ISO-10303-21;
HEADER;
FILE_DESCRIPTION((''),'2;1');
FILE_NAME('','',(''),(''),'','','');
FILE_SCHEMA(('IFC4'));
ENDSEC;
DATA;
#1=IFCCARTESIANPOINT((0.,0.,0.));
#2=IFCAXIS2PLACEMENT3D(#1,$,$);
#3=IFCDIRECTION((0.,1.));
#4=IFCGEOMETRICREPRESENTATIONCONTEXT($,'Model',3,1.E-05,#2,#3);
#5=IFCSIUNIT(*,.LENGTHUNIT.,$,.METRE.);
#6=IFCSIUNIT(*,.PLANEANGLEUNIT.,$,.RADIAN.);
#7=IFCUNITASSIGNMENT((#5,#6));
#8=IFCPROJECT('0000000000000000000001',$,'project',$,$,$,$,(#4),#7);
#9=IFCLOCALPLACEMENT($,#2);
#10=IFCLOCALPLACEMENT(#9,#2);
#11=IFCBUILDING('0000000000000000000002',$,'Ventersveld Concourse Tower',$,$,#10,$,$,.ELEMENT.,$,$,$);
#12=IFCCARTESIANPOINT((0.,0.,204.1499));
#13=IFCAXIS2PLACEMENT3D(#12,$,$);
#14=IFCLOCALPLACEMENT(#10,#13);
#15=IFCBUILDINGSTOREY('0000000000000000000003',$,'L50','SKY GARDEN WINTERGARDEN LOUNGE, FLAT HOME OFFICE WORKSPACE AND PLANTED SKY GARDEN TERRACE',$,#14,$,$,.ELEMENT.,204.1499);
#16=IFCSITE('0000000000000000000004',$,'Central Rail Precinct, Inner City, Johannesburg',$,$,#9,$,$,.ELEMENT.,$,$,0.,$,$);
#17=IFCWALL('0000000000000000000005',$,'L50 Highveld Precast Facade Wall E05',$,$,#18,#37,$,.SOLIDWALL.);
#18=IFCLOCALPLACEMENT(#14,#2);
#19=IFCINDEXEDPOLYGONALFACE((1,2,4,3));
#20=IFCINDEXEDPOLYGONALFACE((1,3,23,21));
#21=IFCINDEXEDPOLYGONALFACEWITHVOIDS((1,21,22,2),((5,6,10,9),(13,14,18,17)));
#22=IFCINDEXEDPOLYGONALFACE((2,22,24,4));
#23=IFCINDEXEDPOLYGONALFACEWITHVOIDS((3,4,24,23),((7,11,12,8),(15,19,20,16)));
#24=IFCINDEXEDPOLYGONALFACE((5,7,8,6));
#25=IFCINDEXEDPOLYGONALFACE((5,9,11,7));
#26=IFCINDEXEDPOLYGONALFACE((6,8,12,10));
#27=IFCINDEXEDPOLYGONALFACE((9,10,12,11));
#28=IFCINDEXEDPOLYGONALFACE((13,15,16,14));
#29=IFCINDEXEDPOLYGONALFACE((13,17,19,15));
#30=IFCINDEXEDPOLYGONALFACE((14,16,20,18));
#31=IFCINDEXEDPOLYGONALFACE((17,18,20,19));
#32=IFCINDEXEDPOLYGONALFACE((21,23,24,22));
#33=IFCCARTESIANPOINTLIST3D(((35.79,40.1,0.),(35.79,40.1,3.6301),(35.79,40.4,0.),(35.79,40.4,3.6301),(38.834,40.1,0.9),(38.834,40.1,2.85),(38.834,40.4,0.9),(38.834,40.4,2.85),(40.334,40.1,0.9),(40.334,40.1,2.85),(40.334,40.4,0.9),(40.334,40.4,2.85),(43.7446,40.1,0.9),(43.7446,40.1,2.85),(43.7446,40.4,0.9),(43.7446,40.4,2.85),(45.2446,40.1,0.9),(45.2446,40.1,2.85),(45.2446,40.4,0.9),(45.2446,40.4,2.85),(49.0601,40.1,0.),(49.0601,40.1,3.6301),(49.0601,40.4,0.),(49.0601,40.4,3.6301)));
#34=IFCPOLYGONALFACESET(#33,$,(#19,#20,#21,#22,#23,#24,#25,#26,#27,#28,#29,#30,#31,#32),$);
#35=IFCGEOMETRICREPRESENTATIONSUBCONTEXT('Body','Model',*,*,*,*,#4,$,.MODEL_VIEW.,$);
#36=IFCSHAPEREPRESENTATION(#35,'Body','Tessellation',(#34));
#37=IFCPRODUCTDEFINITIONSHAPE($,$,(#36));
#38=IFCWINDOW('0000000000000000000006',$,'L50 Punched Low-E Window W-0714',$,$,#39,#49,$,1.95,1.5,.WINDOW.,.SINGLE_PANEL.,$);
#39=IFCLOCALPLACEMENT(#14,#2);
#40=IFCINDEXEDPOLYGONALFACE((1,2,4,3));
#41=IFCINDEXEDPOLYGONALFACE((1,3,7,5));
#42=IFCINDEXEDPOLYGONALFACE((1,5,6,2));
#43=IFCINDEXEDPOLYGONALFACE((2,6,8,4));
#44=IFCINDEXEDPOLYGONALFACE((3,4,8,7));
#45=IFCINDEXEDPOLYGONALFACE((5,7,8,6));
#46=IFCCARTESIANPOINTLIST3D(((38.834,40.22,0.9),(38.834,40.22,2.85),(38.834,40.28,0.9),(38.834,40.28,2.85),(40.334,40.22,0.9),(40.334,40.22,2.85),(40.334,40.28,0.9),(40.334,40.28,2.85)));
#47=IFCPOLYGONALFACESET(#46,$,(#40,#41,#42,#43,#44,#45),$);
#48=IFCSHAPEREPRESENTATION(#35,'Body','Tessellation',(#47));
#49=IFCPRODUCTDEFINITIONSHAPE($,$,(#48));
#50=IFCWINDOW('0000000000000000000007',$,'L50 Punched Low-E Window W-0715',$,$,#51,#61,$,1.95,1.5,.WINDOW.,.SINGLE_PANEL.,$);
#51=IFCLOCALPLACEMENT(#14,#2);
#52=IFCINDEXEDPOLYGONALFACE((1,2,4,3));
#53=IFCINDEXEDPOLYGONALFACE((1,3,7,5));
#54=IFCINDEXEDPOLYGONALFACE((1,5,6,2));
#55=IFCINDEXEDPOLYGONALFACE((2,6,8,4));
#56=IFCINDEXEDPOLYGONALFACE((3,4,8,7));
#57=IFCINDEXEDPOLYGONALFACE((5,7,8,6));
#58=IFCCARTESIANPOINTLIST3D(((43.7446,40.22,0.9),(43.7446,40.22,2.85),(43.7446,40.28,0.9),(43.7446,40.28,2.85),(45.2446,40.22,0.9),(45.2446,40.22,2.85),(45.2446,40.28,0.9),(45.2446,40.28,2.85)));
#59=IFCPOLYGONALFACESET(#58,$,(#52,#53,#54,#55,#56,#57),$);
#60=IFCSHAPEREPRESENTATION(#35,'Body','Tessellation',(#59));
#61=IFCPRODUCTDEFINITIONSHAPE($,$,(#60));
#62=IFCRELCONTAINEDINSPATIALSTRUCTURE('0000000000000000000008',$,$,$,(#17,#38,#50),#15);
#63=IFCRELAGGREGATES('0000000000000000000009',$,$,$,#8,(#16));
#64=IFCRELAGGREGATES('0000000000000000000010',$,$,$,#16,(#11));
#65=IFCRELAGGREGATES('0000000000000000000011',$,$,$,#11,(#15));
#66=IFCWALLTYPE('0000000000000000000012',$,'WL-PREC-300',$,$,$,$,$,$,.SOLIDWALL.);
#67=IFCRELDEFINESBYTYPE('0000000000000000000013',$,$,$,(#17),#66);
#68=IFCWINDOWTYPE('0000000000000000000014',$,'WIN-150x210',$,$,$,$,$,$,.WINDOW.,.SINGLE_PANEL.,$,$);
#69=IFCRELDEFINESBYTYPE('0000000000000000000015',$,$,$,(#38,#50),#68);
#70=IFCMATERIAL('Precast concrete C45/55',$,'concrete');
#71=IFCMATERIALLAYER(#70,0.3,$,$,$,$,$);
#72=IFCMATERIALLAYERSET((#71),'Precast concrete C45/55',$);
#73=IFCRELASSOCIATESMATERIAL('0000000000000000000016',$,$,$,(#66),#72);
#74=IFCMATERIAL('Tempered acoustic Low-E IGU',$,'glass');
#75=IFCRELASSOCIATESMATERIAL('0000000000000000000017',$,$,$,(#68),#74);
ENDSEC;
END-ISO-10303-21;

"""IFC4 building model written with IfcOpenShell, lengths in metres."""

from ifc_helpers import new_model, si_unit, direction, frame, frame_2d, origin, place, context, subcontext, project, spatial, rectangle, extrude, material, layer, layer_set, type_object, element, fill, save


model = new_model("IFC4")

# Units and contexts
model_context = context("Model", 3, precision=1e-05, world=origin(), true_north=direction((0.0, 1.0)))
body_context = subcontext(model_context, "Body", "Model", "MODEL_VIEW")
ifc_project = project(units=[si_unit("LENGTHUNIT", "METRE"), si_unit("PLANEANGLEUNIT", "RADIAN")], contexts=[model_context])

# Site, building, storey
site_placement = place(None, origin())
site = spatial("IfcSite", under=ifc_project, at=site_placement, Name="Central Rail Precinct, Inner City, Johannesburg", CompositionType="ELEMENT", RefElevation=0.0)
building_placement = place(site_placement, origin())
building = spatial("IfcBuilding", under=site, at=building_placement, Name="Ventersveld Concourse Tower", CompositionType="ELEMENT")
storey_placement = place(building_placement, frame((0.0, 0.0, 204.1499)))
storey = spatial("IfcBuildingStorey", under=building, at=storey_placement, Name="L50", Description="SKY GARDEN WINTERGARDEN LOUNGE, FLAT HOME OFFICE WORKSPACE AND PLANTED SKY GARDEN TERRACE", CompositionType="ELEMENT", Elevation=204.1499)

# Shared definitions
ifc_material_1 = material(Name="Precast concrete C45/55", Category="concrete")
ifc_layer_1 = layer(ifc_material_1, 0.3)
ifc_layer_set_1 = layer_set([ifc_layer_1], Name="Precast concrete C45/55")
wall_type_1 = type_object("IfcWallType", Name="WL-PREC-300", PredefinedType="SOLIDWALL", material=ifc_layer_set_1)

# Wall, openings, windows
wall_1_placement = place(storey_placement, frame((49.0601, 40.25, 0.0), z_axis=(0.0, 0.0, 1.0), x_axis=(-1.0, 0.0, 0.0)))
wall_1 = element("IfcWall", 1, at=wall_1_placement, inside=storey, type_object=wall_type_1, Name="L50 Highveld Precast Facade Wall E05", PredefinedType="SOLIDWALL", context=body_context, shape_type="SweptSolid", body=[
    extrude(rectangle(XDim=13.27, YDim=0.3, at=frame_2d((6.635, 0.0))), origin(), (0.0, 0.0, 1.0), 3.6301),
])
opening_1_placement = place(wall_1_placement, frame((8.7261, 0.0, 0.8999)))
opening_1 = element("IfcOpeningElement", 2, at=opening_1_placement, cuts=wall_1, PredefinedType="OPENING", context=body_context, shape_type="SweptSolid", body=[
    extrude(rectangle(XDim=1.5, YDim=1.95, at=frame_2d((0.75, 0.9751))), frame((0.0, 0.1602, 0.0), z_axis=(0.0, -1.0, 0.0), x_axis=(1.0, 0.0, 0.0)), (0.0, 0.0, 1.0), 0.3201),
])
opening_2_placement = place(wall_1_placement, frame((3.8154, 0.0, 0.8999)))
opening_2 = element("IfcOpeningElement", 3, at=opening_2_placement, cuts=wall_1, PredefinedType="OPENING", context=body_context, shape_type="SweptSolid", body=[
    extrude(rectangle(XDim=1.5, YDim=1.95, at=frame_2d((0.75, 0.9751))), frame((0.0, 0.1602, 0.0), z_axis=(0.0, -1.0, 0.0), x_axis=(1.0, 0.0, 0.0)), (0.0, 0.0, 1.0), 0.3201),
])
ifc_material_2 = material(Name="Tempered acoustic Low-E IGU", Category="glass")
window_type = type_object("IfcWindowType", Name="WIN-150x210", PartitioningType="SINGLE_PANEL", PredefinedType="WINDOW", material=ifc_material_2)
window_1_placement = place(opening_1_placement, origin())
window_1 = element("IfcWindow", 4, at=window_1_placement, inside=storey, type_object=window_type, Name="L50 Punched Low-E Window W-0714", OverallHeight=1.95, OverallWidth=1.5, PartitioningType="SINGLE_PANEL", PredefinedType="WINDOW", context=body_context, shape_type="SweptSolid", body=[
    extrude(rectangle(XDim=1.5, YDim=1.95, at=frame_2d((0.75, 0.9751))), frame((0.0, 0.03, 0.0), z_axis=(0.0, -1.0, 0.0), x_axis=(1.0, 0.0, 0.0)), (0.0, 0.0, 1.0), 0.0601),
])
fill(opening_1, window_1)
window_2_placement = place(opening_2_placement, origin())
window_2 = element("IfcWindow", 5, at=window_2_placement, inside=storey, type_object=window_type, Name="L50 Punched Low-E Window W-0715", OverallHeight=1.95, OverallWidth=1.5, PartitioningType="SINGLE_PANEL", PredefinedType="WINDOW", context=body_context, shape_type="SweptSolid", body=[
    extrude(rectangle(XDim=1.5, YDim=1.95, at=frame_2d((0.75, 0.9751))), frame((0.0, 0.03, 0.0), z_axis=(0.0, -1.0, 0.0), x_axis=(1.0, 0.0, 0.0)), (0.0, 0.0, 1.0), 0.0601),
])
fill(opening_2, window_2)

save(model, "model.ifc")
